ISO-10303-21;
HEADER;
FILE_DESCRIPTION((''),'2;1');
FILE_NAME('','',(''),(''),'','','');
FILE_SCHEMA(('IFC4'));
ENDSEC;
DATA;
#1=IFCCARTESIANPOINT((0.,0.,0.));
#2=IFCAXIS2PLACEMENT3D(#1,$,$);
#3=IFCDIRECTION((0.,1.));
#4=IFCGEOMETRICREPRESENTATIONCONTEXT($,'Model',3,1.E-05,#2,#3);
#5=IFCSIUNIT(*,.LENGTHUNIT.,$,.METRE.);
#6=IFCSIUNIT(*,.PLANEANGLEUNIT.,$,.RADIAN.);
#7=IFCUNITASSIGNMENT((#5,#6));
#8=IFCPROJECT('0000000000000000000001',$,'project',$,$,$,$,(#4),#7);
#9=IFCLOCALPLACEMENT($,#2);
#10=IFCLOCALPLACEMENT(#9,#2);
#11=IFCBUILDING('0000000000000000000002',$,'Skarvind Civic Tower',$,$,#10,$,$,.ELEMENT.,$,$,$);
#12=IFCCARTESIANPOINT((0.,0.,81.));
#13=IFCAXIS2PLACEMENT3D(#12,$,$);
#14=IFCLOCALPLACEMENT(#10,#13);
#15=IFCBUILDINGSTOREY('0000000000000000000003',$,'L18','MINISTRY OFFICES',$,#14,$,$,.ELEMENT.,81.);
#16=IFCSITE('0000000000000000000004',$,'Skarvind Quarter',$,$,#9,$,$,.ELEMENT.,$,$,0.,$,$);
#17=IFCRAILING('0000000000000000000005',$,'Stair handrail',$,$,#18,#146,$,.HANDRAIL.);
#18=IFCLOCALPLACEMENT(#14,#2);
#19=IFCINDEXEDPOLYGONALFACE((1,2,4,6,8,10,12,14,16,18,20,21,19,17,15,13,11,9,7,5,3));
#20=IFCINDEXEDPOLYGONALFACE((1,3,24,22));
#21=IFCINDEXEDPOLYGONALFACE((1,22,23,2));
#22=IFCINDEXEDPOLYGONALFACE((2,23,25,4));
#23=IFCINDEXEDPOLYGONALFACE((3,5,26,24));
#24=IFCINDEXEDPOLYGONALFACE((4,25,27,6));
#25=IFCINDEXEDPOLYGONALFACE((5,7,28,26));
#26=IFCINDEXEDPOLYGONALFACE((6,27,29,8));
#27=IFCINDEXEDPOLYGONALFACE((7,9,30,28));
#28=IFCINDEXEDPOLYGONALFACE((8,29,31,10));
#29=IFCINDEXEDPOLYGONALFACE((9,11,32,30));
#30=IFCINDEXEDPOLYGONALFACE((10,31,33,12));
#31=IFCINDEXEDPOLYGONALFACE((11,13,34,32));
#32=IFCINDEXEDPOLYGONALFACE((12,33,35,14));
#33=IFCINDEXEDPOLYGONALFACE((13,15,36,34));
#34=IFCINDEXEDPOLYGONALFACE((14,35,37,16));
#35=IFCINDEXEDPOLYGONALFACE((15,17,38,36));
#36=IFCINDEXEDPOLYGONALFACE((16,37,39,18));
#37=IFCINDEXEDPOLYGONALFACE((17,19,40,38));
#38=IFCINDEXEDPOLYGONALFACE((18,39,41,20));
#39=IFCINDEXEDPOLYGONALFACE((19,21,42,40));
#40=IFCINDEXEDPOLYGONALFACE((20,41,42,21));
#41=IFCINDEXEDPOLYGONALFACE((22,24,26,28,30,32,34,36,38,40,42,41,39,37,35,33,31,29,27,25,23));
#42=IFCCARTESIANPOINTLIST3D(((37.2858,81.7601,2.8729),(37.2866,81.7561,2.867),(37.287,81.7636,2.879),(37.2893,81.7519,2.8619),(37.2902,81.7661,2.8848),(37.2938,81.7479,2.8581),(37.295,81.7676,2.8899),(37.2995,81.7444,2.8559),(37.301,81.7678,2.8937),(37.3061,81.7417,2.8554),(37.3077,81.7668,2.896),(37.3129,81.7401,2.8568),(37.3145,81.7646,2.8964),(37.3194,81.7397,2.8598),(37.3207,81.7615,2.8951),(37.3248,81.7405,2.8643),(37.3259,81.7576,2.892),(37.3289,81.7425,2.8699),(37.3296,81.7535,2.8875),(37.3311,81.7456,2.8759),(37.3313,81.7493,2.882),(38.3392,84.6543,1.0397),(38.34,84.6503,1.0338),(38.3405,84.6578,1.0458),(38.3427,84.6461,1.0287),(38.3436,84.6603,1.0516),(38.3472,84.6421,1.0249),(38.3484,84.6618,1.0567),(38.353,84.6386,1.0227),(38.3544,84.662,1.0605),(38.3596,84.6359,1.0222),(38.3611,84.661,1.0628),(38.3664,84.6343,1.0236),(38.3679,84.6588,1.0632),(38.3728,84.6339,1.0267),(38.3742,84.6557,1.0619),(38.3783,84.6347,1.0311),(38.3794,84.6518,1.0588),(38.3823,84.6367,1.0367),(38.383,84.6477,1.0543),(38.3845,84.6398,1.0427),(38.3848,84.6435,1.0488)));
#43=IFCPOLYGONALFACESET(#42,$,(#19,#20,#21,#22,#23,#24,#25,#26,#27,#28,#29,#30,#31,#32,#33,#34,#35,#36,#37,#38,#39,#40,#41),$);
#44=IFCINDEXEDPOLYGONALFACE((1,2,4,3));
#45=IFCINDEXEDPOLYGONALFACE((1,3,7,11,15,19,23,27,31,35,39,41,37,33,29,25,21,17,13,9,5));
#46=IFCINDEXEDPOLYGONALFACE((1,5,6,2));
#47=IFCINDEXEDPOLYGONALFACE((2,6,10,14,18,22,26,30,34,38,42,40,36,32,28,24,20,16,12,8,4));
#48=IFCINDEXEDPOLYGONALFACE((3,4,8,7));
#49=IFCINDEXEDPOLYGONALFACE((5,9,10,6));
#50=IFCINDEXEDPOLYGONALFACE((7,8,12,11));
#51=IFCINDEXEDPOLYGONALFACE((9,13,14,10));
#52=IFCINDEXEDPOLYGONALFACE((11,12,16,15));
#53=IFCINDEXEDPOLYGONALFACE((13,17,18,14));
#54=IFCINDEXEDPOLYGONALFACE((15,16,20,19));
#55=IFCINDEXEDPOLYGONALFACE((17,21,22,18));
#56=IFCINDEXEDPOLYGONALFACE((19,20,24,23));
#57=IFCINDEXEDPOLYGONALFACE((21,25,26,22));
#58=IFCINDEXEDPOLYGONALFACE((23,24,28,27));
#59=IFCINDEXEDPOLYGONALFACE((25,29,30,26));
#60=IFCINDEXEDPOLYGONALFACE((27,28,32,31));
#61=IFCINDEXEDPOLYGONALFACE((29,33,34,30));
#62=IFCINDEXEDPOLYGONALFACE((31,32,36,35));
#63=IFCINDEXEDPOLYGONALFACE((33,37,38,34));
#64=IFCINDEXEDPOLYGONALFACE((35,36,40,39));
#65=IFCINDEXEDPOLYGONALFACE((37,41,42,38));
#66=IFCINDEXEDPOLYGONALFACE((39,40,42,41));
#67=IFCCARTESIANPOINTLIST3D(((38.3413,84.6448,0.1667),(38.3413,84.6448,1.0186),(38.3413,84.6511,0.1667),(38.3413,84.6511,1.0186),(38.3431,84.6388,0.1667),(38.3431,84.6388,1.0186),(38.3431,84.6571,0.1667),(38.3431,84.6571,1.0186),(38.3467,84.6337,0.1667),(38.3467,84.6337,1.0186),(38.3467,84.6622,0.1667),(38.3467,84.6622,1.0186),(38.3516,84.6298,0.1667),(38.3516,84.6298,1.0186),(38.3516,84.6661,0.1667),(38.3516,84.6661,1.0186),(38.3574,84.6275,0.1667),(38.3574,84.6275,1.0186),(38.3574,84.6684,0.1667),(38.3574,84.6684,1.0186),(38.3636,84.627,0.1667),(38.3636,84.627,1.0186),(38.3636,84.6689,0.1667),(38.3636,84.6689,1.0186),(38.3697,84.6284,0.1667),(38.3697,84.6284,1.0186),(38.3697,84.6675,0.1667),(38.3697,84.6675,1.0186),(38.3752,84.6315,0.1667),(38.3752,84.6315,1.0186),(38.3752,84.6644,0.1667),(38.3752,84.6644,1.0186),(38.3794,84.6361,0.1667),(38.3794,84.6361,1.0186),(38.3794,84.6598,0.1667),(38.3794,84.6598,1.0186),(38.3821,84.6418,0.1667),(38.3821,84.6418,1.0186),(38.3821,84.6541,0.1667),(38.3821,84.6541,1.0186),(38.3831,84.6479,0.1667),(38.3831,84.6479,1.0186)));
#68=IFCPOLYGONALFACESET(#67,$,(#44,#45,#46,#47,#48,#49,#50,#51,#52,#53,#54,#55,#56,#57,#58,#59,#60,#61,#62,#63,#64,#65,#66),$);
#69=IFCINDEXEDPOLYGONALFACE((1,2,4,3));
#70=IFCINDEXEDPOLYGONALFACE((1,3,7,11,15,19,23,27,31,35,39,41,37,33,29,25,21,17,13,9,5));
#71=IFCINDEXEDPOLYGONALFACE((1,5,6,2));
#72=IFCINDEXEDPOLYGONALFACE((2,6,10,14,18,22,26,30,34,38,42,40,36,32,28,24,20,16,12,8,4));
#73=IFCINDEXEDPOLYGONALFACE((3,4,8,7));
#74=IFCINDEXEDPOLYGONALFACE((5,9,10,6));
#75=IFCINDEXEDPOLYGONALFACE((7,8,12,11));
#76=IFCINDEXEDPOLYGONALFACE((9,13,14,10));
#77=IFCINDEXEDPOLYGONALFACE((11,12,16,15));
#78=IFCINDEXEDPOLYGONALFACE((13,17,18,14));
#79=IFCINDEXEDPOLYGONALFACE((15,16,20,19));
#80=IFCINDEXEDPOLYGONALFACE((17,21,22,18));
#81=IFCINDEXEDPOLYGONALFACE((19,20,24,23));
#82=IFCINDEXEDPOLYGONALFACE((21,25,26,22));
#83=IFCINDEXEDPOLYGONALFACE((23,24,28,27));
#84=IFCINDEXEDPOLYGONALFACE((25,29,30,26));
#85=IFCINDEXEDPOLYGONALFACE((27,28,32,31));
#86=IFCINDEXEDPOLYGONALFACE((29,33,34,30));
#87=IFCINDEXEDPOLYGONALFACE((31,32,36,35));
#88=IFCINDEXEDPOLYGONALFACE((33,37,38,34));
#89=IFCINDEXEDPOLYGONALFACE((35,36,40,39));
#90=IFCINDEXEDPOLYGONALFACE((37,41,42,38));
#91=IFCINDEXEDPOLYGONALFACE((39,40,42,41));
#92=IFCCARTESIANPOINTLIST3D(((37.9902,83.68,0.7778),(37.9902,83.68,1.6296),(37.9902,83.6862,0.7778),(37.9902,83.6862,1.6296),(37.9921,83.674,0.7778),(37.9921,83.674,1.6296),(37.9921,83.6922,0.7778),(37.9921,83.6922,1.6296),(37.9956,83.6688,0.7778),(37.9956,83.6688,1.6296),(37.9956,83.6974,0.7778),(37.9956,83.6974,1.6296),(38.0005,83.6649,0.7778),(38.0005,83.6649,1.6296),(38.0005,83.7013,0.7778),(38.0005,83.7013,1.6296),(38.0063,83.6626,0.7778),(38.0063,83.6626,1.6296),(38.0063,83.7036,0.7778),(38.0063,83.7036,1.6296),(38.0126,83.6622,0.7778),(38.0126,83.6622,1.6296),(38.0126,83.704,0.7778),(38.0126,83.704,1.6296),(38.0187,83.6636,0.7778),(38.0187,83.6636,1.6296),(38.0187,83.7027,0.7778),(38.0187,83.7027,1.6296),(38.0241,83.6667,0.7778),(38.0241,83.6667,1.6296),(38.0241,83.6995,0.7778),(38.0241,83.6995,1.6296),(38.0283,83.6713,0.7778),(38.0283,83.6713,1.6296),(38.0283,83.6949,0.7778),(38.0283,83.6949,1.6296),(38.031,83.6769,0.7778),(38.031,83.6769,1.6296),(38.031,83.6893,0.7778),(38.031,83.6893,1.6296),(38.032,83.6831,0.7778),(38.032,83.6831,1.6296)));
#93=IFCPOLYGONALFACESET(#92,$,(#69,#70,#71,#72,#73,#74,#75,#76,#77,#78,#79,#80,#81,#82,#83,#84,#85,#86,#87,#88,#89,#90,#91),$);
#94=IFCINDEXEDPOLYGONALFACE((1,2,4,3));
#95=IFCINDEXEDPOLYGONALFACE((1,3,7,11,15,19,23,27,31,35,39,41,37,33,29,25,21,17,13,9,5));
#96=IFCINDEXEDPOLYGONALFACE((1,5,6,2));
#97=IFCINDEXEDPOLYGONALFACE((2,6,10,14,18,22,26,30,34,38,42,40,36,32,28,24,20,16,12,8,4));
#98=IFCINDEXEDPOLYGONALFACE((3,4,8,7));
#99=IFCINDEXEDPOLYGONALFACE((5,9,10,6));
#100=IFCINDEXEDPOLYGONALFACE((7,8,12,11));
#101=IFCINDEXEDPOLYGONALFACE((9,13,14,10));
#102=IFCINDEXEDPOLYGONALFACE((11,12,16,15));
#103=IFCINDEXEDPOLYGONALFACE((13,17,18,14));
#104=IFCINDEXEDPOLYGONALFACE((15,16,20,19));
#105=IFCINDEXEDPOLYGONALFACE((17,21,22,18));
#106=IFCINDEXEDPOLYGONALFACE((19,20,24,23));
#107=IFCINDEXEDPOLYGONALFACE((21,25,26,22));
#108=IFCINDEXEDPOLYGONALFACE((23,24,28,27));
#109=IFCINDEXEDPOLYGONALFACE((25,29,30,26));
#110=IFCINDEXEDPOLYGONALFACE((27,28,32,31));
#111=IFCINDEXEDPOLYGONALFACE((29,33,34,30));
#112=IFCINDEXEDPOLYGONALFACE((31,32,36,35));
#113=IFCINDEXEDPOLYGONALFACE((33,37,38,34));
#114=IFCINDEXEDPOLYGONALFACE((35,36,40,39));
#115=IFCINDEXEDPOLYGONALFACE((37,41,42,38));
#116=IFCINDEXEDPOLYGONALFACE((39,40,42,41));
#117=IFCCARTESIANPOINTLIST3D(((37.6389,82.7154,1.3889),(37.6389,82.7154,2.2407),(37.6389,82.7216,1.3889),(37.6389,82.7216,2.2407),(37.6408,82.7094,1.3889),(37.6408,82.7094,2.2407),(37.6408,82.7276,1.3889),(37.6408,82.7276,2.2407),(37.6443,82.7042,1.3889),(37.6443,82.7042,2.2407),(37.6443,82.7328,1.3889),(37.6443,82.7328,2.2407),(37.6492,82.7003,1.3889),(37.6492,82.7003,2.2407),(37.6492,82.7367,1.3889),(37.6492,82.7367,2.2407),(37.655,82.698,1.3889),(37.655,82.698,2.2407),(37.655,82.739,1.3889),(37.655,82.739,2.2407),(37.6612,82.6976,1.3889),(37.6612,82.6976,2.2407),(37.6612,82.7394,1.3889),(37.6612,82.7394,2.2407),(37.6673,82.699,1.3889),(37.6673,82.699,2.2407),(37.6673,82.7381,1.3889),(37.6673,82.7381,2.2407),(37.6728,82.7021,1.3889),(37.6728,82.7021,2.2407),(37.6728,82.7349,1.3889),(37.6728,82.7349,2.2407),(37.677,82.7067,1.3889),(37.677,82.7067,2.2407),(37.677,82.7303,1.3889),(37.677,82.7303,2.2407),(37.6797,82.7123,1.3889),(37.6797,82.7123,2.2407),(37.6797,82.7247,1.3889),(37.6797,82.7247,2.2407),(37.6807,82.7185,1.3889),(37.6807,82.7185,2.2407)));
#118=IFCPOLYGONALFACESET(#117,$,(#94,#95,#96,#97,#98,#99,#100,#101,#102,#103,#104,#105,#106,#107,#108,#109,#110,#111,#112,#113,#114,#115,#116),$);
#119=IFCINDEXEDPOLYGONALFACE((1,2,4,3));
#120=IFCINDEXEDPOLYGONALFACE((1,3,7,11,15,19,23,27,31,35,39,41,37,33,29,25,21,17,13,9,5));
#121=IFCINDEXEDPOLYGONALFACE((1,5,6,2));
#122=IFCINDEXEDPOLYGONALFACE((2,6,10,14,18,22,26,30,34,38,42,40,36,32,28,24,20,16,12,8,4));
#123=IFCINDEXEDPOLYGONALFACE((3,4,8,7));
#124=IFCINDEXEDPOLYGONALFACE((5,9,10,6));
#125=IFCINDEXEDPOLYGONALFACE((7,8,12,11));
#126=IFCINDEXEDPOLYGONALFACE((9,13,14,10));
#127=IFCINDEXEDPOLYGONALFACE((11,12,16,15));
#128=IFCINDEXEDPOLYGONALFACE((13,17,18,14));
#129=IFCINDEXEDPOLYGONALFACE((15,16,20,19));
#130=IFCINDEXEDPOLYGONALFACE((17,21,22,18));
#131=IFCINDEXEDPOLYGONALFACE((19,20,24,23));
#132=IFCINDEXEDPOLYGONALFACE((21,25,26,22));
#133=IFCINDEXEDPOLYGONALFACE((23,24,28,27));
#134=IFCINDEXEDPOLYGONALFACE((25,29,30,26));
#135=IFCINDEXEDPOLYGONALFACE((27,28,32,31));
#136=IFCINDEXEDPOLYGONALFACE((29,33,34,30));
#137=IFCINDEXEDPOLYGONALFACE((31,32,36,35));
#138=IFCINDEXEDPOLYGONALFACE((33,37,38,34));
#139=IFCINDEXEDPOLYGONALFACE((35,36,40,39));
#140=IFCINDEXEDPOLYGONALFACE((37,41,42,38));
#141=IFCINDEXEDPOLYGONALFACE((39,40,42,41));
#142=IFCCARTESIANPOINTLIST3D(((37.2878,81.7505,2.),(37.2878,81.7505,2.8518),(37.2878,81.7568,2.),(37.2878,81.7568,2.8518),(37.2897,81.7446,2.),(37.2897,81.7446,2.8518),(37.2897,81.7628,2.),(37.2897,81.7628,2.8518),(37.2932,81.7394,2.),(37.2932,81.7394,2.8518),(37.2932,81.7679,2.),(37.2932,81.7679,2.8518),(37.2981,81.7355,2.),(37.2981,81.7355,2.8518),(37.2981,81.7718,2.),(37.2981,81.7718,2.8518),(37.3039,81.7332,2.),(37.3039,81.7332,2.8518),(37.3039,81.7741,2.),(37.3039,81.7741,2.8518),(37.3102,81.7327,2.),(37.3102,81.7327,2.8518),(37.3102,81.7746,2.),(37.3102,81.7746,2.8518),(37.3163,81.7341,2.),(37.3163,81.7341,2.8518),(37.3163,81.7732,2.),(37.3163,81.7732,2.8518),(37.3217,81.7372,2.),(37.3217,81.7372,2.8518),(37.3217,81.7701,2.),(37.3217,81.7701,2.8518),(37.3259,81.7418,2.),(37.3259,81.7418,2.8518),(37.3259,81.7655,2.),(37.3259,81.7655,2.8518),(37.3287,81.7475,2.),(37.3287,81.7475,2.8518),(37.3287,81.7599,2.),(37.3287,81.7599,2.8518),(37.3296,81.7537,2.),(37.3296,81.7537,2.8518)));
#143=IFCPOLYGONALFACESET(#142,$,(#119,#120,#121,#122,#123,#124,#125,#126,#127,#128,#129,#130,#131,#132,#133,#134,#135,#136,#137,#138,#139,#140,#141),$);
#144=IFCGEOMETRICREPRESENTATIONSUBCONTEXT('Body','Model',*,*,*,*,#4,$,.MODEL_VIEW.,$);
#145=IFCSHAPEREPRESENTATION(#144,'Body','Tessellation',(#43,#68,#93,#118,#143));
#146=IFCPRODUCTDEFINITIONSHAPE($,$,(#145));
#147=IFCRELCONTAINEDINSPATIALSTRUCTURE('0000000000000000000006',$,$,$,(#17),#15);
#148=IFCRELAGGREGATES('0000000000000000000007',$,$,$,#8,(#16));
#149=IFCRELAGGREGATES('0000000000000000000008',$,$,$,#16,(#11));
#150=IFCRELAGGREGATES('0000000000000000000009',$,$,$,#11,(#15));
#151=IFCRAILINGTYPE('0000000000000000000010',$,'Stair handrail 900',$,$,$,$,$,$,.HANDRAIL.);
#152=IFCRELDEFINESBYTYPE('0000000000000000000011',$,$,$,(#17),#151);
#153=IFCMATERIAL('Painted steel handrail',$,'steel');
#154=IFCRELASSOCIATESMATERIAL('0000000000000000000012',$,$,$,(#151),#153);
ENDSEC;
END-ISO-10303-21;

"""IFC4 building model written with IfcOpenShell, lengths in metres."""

from ifc_helpers import new_model, si_unit, direction, frame, origin, origin_2d, place, context, subcontext, project, spatial, circle, extrude, material, type_object, element, save


model = new_model("IFC4")

# Units and contexts
model_context = context("Model", 3, precision=1e-05, world=origin(), true_north=direction((0.0, 1.0)))
body_context = subcontext(model_context, "Body", "Model", "MODEL_VIEW")
ifc_project = project(units=[si_unit("LENGTHUNIT", "METRE"), si_unit("PLANEANGLEUNIT", "RADIAN")], contexts=[model_context])

# Site, building, storey
site_placement = place(None, origin())
site = spatial("IfcSite", under=ifc_project, at=site_placement, Name="Skarvind Quarter", CompositionType="ELEMENT", RefElevation=0.0)
building_placement = place(site_placement, origin())
building = spatial("IfcBuilding", under=site, at=building_placement, Name="Skarvind Civic Tower", CompositionType="ELEMENT")
storey_placement = place(building_placement, frame((0.0, 0.0, 81.0)))
storey = spatial("IfcBuildingStorey", under=building, at=storey_placement, Name="L18", Description="MINISTRY OFFICES", CompositionType="ELEMENT", Elevation=81.0)

# Railing
ifc_material_1 = material(Name="Painted steel handrail", Category="steel")
railing_type = type_object("IfcRailingType", Name="Stair handrail 900", PredefinedType="HANDRAIL", material=ifc_material_1)
railing_1_placement = place(storey_placement, frame((38.3621, 84.6479, 0.1667)))
element("IfcRailing", 1, at=railing_1_placement, inside=storey, type_object=railing_type, Name="Stair handrail", PredefinedType="HANDRAIL", context=body_context, shape_type="SweptSolid", body=[
    extrude(circle(Radius=0.0239, at=origin_2d()), frame((0.0, 0.0, 0.876), z_axis=(-0.293908, -0.807481, 0.511461), x_axis=(0.939689, -0.342029, 0.0)), (0.0, 0.0, 1.0), 3.5842),
    extrude(circle(Radius=0.021, at=origin_2d()), origin(), (0.0, 0.0, 1.0), 0.8518),
    extrude(circle(Radius=0.021, at=origin_2d()), frame((-0.3511, -0.9648, 0.6111)), (0.0, 0.0, 1.0), 0.8518),
    extrude(circle(Radius=0.021, at=origin_2d()), frame((-0.7024, -1.9294, 1.2222)), (0.0, 0.0, 1.0), 0.8518),
    extrude(circle(Radius=0.021, at=origin_2d()), frame((-1.0535, -2.8943, 1.8333)), (0.0, 0.0, 1.0), 0.8518),
])

save(model, "model.ifc")
